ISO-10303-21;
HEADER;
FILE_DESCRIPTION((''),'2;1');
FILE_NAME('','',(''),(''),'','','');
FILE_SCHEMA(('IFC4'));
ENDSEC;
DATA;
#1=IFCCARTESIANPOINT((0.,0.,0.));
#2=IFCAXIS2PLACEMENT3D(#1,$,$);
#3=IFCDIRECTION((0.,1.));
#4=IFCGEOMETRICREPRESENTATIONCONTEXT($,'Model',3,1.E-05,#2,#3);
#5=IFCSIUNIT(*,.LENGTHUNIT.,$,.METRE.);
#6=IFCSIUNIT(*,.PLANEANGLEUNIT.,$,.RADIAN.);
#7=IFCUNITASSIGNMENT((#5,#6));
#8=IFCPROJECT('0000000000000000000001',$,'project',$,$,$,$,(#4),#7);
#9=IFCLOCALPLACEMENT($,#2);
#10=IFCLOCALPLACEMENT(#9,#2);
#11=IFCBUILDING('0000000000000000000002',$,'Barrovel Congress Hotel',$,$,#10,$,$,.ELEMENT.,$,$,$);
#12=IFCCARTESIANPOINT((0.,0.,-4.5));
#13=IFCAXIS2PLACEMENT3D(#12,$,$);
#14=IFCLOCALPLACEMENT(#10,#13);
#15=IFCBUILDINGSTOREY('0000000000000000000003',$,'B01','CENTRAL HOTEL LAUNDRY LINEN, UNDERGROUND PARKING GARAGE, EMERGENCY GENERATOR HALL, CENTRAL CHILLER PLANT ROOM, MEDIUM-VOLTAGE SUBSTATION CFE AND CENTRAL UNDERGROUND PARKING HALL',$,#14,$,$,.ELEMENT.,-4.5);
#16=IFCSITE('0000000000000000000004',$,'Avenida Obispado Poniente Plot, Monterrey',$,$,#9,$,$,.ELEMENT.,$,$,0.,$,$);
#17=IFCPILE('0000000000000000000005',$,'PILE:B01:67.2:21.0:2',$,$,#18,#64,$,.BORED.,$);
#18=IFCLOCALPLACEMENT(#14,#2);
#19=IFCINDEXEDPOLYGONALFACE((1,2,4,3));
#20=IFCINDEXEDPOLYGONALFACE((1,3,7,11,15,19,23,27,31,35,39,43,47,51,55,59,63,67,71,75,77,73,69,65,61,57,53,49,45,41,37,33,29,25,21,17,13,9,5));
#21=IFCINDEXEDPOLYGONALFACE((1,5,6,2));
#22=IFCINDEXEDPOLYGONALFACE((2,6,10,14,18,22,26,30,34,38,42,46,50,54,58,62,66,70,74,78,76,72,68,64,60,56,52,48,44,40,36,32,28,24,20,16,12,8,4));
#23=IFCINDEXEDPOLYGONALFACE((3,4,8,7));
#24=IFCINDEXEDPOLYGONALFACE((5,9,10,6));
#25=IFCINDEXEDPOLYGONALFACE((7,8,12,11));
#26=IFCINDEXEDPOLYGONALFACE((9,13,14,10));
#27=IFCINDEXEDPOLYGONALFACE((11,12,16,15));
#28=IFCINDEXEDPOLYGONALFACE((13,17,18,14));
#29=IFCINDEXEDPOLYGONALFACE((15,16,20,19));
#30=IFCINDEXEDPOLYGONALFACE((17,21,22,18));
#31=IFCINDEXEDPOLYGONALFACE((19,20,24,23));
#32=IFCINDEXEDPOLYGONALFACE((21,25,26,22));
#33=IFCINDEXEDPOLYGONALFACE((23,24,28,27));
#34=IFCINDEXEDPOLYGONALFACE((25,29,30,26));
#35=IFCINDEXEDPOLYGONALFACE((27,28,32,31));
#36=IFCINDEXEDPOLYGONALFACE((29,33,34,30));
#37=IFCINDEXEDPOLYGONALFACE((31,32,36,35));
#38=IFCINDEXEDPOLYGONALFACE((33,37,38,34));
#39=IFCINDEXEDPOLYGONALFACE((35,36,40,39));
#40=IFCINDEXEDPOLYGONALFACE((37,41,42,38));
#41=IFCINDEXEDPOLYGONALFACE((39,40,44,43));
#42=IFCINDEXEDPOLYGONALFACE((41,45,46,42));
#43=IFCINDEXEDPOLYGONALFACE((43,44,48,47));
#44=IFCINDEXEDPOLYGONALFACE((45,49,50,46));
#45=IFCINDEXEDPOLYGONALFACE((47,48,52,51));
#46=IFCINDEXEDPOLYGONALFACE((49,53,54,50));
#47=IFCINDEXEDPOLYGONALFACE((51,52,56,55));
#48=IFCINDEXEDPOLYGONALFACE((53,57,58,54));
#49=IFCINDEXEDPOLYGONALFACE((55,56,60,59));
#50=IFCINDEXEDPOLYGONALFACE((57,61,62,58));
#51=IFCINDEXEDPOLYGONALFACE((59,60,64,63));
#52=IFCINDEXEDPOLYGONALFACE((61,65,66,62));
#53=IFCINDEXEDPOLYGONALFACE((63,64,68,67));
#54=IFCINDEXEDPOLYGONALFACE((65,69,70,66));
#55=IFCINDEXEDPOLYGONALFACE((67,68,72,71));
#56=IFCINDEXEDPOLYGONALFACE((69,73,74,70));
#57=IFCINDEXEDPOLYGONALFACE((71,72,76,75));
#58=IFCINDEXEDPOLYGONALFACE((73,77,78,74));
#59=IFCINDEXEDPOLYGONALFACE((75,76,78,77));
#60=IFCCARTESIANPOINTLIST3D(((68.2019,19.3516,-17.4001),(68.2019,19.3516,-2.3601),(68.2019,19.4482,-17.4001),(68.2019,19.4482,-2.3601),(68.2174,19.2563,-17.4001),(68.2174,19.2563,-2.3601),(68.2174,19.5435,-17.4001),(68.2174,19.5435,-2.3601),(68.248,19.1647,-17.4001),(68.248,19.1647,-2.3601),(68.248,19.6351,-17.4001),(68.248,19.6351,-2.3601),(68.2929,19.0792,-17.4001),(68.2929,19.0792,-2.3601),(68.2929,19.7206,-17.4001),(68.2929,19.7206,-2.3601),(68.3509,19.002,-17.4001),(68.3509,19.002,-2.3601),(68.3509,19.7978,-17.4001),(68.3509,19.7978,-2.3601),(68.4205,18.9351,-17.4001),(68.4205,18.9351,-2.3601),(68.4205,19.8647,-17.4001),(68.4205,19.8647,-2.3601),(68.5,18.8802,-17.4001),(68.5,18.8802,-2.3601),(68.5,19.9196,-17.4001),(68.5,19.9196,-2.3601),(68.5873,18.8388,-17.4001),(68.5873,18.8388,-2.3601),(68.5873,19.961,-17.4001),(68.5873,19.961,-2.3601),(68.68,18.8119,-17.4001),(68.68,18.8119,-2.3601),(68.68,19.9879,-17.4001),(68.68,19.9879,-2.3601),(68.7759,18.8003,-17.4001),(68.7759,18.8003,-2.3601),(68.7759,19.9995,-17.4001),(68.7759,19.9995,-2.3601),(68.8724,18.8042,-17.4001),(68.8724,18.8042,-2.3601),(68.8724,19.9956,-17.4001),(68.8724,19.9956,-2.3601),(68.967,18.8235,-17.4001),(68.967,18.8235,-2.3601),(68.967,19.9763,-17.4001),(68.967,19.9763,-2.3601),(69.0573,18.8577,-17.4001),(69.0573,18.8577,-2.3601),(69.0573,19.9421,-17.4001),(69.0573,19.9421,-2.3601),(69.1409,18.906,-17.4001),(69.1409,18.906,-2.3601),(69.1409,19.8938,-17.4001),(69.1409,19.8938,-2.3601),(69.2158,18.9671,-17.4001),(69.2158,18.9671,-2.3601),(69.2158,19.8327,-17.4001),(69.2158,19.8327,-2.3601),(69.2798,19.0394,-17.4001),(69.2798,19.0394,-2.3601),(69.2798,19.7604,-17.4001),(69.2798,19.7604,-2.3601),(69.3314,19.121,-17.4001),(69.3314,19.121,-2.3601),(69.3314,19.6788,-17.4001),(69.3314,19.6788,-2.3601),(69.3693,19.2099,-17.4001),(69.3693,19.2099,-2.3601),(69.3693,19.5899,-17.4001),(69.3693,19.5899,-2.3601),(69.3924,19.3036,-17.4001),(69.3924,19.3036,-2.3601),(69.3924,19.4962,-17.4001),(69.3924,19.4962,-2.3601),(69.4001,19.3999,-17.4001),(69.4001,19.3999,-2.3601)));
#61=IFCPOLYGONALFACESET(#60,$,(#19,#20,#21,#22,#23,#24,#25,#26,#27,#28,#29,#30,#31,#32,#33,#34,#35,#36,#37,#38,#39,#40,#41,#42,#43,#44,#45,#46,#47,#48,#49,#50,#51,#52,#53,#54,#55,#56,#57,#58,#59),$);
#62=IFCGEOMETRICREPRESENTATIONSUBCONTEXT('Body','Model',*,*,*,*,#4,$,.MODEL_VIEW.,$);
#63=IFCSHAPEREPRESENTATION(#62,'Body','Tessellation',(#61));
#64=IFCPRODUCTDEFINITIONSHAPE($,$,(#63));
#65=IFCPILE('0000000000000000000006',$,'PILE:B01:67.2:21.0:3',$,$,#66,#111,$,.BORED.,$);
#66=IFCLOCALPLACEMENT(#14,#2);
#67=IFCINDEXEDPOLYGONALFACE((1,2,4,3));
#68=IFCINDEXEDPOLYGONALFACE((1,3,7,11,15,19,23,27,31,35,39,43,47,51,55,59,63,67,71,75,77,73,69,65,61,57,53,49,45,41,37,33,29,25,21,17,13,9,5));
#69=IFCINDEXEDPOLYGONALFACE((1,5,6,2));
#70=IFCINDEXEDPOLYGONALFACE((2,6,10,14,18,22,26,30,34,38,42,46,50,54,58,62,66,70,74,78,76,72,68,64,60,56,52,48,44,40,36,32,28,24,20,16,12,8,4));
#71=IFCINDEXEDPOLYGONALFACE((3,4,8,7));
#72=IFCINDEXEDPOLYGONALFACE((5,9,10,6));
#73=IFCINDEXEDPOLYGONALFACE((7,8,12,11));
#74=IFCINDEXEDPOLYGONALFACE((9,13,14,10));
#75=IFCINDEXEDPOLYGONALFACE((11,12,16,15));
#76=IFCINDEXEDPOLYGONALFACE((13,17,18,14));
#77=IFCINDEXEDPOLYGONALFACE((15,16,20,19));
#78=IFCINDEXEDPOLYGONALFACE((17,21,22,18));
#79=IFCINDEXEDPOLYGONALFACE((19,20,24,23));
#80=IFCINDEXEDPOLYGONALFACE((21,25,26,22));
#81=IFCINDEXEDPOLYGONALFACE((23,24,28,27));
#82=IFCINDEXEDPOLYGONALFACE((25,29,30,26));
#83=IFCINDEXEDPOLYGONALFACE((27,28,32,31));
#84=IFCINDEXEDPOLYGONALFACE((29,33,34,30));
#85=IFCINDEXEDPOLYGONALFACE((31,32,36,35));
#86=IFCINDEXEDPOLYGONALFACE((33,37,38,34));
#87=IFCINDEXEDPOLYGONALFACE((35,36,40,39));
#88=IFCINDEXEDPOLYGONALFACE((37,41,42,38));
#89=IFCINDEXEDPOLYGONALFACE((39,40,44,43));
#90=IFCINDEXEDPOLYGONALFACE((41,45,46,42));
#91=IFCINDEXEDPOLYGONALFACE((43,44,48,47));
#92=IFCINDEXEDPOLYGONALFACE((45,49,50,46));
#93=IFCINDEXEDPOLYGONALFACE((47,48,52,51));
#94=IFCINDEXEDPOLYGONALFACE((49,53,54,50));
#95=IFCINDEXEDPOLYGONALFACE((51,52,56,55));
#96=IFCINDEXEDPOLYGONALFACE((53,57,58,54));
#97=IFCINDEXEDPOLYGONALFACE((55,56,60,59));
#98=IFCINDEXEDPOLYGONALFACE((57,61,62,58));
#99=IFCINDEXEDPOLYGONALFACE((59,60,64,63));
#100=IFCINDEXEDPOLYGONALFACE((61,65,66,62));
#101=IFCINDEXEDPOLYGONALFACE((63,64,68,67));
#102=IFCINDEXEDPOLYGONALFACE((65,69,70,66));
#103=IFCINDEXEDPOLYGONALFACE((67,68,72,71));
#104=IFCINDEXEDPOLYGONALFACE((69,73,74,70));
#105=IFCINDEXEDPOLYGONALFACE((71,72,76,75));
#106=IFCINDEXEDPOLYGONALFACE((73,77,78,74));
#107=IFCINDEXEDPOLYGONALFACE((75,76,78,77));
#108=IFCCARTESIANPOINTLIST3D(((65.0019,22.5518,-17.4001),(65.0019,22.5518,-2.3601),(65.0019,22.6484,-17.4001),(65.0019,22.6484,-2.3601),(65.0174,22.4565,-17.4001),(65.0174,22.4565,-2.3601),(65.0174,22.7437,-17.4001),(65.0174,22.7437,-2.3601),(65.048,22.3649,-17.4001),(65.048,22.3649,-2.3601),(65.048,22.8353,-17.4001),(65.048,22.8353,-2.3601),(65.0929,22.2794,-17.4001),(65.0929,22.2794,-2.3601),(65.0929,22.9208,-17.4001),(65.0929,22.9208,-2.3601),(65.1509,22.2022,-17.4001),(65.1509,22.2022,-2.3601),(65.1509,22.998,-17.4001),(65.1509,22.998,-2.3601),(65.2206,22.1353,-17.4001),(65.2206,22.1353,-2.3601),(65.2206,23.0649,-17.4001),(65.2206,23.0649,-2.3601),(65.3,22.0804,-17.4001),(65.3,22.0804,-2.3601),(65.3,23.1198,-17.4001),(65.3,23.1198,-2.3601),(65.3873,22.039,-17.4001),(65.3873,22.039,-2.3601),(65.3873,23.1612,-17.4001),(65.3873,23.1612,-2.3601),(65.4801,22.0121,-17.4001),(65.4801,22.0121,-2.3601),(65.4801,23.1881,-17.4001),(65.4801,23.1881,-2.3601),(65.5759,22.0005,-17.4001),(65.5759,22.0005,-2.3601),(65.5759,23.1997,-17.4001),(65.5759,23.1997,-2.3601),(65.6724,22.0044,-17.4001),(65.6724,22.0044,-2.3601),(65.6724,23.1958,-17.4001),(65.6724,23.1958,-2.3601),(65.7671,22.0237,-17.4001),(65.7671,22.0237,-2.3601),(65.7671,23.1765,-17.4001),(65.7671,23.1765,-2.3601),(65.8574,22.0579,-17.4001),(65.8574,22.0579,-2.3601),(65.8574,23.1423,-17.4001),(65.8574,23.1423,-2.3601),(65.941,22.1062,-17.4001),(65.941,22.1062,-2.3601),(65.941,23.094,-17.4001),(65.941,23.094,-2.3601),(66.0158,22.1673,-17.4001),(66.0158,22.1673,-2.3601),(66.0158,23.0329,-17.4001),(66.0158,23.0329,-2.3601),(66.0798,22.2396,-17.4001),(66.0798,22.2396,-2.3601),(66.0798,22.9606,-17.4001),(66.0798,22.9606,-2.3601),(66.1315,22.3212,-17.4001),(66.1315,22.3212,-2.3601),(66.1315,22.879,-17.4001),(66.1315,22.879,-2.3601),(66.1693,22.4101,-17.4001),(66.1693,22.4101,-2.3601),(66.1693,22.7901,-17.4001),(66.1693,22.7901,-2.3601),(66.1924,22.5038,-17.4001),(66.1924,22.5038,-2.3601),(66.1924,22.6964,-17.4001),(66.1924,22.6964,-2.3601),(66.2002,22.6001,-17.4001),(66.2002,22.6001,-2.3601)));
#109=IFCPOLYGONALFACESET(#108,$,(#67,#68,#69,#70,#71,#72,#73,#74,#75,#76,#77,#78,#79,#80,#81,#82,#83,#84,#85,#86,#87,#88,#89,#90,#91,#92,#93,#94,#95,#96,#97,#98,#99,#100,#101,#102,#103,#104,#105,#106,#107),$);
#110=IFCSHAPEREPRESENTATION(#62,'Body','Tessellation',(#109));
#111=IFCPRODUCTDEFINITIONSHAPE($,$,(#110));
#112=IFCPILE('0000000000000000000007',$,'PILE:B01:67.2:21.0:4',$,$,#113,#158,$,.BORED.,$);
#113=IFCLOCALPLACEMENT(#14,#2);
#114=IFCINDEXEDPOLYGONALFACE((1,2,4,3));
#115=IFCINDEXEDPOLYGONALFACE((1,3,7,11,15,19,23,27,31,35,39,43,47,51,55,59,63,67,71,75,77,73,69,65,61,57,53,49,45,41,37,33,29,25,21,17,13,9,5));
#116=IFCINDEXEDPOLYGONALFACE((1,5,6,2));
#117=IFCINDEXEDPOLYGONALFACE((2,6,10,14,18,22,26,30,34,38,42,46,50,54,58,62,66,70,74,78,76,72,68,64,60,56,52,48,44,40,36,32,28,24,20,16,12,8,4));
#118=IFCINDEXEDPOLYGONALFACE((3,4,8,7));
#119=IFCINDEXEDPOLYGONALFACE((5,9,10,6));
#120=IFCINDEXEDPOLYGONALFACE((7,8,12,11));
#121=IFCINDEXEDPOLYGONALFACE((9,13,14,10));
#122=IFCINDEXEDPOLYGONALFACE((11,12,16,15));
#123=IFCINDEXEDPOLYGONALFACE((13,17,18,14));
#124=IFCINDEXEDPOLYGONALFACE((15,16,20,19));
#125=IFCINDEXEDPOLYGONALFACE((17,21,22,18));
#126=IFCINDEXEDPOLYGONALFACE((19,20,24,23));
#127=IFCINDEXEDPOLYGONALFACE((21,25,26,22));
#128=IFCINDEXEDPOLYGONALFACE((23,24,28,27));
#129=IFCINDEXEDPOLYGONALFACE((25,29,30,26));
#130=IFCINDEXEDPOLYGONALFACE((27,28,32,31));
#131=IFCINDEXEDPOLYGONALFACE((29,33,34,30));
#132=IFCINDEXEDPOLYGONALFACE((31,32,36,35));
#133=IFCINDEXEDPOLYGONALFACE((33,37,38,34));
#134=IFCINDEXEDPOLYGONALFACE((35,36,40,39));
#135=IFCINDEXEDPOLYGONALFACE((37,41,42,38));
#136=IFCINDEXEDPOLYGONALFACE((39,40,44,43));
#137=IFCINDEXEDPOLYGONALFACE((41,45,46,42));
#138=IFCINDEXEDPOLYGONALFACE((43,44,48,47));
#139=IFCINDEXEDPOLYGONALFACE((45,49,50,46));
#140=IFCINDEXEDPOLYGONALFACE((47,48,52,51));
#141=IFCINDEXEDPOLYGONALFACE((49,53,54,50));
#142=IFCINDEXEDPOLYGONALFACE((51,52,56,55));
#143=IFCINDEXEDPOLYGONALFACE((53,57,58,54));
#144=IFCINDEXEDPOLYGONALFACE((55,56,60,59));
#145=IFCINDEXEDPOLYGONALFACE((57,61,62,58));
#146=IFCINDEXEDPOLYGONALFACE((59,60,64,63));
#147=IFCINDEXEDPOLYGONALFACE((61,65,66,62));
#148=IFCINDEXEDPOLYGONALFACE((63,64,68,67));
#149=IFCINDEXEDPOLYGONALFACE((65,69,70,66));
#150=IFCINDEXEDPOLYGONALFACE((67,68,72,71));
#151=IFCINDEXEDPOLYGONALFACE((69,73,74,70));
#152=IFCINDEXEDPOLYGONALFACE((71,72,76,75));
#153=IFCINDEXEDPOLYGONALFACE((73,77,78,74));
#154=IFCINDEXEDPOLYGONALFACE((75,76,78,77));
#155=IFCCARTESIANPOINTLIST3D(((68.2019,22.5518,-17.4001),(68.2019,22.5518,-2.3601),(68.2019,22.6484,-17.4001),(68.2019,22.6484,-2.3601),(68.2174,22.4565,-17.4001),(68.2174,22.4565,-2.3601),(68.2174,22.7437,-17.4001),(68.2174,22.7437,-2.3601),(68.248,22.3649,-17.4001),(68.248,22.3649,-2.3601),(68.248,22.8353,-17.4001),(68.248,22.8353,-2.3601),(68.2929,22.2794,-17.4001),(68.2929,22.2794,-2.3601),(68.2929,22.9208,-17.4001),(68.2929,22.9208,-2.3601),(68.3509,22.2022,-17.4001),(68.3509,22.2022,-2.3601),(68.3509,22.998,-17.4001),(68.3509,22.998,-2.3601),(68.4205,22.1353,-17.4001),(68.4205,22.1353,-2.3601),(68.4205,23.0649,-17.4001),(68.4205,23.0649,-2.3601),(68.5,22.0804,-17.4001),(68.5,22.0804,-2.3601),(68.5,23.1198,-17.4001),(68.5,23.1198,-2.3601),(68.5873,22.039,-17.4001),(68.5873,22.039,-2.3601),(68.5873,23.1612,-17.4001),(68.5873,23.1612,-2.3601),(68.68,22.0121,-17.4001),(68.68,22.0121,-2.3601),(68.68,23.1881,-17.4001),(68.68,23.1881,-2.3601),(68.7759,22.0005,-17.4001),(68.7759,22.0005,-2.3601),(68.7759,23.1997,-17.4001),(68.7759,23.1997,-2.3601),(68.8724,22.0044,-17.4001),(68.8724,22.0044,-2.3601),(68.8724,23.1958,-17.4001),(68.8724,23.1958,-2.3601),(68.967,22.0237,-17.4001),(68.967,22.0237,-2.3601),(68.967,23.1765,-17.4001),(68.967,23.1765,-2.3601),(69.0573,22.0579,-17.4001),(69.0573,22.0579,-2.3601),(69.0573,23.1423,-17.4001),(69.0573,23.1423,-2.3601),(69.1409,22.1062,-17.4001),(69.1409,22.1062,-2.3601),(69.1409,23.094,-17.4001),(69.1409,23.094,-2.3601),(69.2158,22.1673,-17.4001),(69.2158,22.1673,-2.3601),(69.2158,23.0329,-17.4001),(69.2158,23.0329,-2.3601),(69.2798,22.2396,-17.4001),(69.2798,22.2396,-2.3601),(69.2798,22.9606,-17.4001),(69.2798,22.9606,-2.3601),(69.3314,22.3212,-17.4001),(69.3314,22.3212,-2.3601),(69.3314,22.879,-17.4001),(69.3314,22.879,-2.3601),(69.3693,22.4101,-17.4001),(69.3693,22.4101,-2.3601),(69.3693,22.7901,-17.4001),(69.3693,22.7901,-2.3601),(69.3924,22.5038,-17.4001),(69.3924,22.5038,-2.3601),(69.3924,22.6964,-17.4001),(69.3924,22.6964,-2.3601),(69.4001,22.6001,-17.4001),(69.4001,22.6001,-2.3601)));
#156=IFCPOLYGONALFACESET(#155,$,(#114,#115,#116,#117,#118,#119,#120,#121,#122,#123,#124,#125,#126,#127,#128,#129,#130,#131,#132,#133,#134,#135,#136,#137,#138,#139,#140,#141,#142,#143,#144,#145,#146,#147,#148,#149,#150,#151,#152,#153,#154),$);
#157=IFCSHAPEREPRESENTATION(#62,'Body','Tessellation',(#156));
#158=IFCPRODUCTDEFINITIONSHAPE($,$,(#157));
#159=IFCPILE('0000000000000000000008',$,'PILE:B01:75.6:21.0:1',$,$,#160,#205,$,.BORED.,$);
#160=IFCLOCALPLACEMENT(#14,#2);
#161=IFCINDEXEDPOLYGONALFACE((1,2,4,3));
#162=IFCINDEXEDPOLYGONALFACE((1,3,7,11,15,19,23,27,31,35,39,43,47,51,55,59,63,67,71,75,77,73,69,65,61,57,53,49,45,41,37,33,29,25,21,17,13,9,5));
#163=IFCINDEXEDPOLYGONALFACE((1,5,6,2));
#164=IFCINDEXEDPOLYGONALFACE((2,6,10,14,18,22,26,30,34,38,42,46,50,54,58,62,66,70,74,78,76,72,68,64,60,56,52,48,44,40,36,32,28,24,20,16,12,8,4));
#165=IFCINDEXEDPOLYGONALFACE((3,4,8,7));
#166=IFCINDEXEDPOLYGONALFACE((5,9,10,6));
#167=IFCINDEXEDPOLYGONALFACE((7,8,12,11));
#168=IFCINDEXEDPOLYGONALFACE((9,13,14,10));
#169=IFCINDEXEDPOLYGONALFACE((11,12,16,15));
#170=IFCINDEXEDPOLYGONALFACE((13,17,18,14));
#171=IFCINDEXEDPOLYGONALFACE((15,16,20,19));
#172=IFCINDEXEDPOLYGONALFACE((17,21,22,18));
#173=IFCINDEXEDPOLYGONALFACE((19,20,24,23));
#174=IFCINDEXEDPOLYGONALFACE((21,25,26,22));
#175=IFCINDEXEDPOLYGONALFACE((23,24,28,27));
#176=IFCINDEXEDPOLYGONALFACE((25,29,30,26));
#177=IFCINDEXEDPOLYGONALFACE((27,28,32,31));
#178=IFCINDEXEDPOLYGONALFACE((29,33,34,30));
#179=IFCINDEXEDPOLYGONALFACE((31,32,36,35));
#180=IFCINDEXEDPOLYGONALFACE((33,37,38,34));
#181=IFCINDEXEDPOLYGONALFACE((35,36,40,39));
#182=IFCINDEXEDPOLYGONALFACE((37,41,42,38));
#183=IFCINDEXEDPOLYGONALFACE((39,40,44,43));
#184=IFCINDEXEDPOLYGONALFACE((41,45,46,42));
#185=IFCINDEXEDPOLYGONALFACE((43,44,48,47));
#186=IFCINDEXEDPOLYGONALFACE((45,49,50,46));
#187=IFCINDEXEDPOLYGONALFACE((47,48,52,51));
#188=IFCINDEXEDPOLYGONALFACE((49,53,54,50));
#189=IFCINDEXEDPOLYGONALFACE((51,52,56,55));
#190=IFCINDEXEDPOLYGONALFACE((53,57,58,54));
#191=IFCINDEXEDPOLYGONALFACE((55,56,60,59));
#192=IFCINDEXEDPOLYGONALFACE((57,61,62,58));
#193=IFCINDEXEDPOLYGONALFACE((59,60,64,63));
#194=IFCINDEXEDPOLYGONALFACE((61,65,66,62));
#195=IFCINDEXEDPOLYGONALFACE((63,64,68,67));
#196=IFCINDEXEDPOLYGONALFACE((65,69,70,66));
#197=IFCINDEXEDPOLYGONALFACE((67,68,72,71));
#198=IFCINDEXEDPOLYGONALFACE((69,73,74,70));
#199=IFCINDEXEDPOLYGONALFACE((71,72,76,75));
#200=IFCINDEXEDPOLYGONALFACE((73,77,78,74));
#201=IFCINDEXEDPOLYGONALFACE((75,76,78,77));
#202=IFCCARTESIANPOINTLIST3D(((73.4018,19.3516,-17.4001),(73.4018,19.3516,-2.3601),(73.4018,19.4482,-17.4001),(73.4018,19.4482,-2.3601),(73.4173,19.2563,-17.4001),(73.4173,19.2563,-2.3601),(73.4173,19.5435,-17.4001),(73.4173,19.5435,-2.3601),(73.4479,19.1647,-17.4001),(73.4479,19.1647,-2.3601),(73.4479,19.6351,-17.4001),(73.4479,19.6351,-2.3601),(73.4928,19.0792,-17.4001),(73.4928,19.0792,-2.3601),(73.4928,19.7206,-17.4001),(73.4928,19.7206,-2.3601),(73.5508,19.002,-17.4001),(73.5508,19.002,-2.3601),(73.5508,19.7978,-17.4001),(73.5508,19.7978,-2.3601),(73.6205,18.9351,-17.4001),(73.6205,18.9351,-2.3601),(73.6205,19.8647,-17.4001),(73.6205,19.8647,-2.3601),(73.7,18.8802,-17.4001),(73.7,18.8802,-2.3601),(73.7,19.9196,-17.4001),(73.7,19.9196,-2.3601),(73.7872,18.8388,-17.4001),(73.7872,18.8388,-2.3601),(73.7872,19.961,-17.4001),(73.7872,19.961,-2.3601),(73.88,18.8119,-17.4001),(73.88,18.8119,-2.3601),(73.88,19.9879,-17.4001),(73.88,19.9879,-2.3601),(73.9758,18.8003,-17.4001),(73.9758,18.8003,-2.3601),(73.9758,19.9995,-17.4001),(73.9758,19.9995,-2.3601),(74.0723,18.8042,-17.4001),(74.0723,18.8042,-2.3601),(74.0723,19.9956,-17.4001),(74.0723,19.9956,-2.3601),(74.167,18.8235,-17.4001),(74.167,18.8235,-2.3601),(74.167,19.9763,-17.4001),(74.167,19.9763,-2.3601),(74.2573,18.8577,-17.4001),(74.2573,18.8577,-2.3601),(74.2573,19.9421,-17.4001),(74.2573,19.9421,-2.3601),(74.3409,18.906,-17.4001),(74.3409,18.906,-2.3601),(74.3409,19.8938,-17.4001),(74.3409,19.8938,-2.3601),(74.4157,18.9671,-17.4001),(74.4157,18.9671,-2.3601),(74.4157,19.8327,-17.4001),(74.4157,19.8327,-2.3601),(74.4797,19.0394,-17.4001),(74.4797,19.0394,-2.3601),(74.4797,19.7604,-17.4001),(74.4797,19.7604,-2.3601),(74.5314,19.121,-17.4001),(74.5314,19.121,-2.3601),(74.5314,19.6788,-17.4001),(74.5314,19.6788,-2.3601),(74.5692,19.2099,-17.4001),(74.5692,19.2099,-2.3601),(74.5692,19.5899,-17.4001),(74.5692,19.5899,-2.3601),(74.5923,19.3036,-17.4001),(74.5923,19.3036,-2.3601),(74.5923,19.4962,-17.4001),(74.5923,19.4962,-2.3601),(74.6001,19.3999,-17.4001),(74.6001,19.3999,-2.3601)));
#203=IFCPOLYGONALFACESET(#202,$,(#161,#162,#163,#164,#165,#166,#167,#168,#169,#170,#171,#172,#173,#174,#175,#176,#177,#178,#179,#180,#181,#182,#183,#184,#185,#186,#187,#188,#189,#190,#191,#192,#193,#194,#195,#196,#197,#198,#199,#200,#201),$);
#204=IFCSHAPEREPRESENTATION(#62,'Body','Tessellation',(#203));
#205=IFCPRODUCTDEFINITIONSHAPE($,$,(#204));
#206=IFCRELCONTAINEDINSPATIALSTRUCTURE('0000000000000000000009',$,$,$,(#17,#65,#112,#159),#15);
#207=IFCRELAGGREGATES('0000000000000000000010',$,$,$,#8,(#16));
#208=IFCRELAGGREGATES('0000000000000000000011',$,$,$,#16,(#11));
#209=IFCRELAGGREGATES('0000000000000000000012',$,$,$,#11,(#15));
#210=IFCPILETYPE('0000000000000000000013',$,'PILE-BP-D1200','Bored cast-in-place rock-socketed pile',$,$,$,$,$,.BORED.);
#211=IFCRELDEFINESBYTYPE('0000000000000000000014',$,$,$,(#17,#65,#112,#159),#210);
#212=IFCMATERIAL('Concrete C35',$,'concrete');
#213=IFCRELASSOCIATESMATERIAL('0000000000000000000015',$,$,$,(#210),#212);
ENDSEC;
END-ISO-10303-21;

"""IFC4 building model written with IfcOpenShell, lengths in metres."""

from ifc_helpers import new_model, si_unit, direction, frame, origin, origin_2d, place, context, subcontext, project, spatial, circle, extrude, material, material_profile, profile_set, type_object, element, save


model = new_model("IFC4")

# Units and contexts
model_context = context("Model", 3, precision=1e-05, world=origin(), true_north=direction((0.0, 1.0)))
body_context = subcontext(model_context, "Body", "Model", "MODEL_VIEW")
ifc_project = project(units=[si_unit("LENGTHUNIT", "METRE"), si_unit("PLANEANGLEUNIT", "RADIAN")], contexts=[model_context])

# Site, building, storey
site_placement = place(None, origin())
site = spatial("IfcSite", under=ifc_project, at=site_placement, Name="Avenida Obispado Poniente Plot, Monterrey", CompositionType="ELEMENT", RefElevation=0.0)
building_placement = place(site_placement, origin())
building = spatial("IfcBuilding", under=site, at=building_placement, Name="Barrovel Congress Hotel", CompositionType="ELEMENT")
storey_placement = place(building_placement, frame((0.0, 0.0, -4.5)))
storey = spatial("IfcBuildingStorey", under=building, at=storey_placement, Name="B01", Description="CENTRAL HOTEL LAUNDRY LINEN, UNDERGROUND PARKING GARAGE, EMERGENCY GENERATOR HALL, CENTRAL CHILLER PLANT ROOM, MEDIUM-VOLTAGE SUBSTATION CFE AND CENTRAL UNDERGROUND PARKING HALL", CompositionType="ELEMENT", Elevation=-4.5)

# Piles
ifc_material_1 = material(Name="Concrete C35", Category="concrete")
ifc_material_profile_1 = material_profile(ifc_material_1, circle(Radius=0.6001, at=origin_2d()), Name="BP-D1200")
ifc_profile_set_1 = profile_set([ifc_material_profile_1], Name="Concrete C35")
pile_type = type_object("IfcPileType", Name="PILE-BP-D1200", Description="Bored cast-in-place rock-socketed pile", PredefinedType="BORED", material=ifc_profile_set_1)
for number, where, z_axis, x_axis, name in (
    (1, (68.8, 19.3999, -2.3601), (0.0, 0.0, -1.0), (1.0, 0.0, 0.0), "PILE:B01:67.2:21.0:2"),
    (2, (65.6001, 22.6001, -2.3601), (0.0, 0.0, -1.0), (1.0, 0.0, 0.0), "PILE:B01:67.2:21.0:3"),
    (3, (68.8, 22.6001, -2.3601), (0.0, 0.0, -1.0), (1.0, 0.0, 0.0), "PILE:B01:67.2:21.0:4"),
    (4, (74.0, 19.3999, -2.3601), (0.0, 0.0, -1.0), (1.0, 0.0, 0.0), "PILE:B01:75.6:21.0:1"),
):
    element("IfcPile", number, at=place(storey_placement, frame(where, z_axis=z_axis, x_axis=x_axis)), inside=storey, type_object=pile_type, Name=name, PredefinedType="BORED", context=body_context, shape_type="SweptSolid", body=[
        extrude(circle(Radius=0.6001, at=origin_2d()), origin(), (0.0, 0.0, 1.0), 15.04),
    ])

save(model, "model.ifc")
